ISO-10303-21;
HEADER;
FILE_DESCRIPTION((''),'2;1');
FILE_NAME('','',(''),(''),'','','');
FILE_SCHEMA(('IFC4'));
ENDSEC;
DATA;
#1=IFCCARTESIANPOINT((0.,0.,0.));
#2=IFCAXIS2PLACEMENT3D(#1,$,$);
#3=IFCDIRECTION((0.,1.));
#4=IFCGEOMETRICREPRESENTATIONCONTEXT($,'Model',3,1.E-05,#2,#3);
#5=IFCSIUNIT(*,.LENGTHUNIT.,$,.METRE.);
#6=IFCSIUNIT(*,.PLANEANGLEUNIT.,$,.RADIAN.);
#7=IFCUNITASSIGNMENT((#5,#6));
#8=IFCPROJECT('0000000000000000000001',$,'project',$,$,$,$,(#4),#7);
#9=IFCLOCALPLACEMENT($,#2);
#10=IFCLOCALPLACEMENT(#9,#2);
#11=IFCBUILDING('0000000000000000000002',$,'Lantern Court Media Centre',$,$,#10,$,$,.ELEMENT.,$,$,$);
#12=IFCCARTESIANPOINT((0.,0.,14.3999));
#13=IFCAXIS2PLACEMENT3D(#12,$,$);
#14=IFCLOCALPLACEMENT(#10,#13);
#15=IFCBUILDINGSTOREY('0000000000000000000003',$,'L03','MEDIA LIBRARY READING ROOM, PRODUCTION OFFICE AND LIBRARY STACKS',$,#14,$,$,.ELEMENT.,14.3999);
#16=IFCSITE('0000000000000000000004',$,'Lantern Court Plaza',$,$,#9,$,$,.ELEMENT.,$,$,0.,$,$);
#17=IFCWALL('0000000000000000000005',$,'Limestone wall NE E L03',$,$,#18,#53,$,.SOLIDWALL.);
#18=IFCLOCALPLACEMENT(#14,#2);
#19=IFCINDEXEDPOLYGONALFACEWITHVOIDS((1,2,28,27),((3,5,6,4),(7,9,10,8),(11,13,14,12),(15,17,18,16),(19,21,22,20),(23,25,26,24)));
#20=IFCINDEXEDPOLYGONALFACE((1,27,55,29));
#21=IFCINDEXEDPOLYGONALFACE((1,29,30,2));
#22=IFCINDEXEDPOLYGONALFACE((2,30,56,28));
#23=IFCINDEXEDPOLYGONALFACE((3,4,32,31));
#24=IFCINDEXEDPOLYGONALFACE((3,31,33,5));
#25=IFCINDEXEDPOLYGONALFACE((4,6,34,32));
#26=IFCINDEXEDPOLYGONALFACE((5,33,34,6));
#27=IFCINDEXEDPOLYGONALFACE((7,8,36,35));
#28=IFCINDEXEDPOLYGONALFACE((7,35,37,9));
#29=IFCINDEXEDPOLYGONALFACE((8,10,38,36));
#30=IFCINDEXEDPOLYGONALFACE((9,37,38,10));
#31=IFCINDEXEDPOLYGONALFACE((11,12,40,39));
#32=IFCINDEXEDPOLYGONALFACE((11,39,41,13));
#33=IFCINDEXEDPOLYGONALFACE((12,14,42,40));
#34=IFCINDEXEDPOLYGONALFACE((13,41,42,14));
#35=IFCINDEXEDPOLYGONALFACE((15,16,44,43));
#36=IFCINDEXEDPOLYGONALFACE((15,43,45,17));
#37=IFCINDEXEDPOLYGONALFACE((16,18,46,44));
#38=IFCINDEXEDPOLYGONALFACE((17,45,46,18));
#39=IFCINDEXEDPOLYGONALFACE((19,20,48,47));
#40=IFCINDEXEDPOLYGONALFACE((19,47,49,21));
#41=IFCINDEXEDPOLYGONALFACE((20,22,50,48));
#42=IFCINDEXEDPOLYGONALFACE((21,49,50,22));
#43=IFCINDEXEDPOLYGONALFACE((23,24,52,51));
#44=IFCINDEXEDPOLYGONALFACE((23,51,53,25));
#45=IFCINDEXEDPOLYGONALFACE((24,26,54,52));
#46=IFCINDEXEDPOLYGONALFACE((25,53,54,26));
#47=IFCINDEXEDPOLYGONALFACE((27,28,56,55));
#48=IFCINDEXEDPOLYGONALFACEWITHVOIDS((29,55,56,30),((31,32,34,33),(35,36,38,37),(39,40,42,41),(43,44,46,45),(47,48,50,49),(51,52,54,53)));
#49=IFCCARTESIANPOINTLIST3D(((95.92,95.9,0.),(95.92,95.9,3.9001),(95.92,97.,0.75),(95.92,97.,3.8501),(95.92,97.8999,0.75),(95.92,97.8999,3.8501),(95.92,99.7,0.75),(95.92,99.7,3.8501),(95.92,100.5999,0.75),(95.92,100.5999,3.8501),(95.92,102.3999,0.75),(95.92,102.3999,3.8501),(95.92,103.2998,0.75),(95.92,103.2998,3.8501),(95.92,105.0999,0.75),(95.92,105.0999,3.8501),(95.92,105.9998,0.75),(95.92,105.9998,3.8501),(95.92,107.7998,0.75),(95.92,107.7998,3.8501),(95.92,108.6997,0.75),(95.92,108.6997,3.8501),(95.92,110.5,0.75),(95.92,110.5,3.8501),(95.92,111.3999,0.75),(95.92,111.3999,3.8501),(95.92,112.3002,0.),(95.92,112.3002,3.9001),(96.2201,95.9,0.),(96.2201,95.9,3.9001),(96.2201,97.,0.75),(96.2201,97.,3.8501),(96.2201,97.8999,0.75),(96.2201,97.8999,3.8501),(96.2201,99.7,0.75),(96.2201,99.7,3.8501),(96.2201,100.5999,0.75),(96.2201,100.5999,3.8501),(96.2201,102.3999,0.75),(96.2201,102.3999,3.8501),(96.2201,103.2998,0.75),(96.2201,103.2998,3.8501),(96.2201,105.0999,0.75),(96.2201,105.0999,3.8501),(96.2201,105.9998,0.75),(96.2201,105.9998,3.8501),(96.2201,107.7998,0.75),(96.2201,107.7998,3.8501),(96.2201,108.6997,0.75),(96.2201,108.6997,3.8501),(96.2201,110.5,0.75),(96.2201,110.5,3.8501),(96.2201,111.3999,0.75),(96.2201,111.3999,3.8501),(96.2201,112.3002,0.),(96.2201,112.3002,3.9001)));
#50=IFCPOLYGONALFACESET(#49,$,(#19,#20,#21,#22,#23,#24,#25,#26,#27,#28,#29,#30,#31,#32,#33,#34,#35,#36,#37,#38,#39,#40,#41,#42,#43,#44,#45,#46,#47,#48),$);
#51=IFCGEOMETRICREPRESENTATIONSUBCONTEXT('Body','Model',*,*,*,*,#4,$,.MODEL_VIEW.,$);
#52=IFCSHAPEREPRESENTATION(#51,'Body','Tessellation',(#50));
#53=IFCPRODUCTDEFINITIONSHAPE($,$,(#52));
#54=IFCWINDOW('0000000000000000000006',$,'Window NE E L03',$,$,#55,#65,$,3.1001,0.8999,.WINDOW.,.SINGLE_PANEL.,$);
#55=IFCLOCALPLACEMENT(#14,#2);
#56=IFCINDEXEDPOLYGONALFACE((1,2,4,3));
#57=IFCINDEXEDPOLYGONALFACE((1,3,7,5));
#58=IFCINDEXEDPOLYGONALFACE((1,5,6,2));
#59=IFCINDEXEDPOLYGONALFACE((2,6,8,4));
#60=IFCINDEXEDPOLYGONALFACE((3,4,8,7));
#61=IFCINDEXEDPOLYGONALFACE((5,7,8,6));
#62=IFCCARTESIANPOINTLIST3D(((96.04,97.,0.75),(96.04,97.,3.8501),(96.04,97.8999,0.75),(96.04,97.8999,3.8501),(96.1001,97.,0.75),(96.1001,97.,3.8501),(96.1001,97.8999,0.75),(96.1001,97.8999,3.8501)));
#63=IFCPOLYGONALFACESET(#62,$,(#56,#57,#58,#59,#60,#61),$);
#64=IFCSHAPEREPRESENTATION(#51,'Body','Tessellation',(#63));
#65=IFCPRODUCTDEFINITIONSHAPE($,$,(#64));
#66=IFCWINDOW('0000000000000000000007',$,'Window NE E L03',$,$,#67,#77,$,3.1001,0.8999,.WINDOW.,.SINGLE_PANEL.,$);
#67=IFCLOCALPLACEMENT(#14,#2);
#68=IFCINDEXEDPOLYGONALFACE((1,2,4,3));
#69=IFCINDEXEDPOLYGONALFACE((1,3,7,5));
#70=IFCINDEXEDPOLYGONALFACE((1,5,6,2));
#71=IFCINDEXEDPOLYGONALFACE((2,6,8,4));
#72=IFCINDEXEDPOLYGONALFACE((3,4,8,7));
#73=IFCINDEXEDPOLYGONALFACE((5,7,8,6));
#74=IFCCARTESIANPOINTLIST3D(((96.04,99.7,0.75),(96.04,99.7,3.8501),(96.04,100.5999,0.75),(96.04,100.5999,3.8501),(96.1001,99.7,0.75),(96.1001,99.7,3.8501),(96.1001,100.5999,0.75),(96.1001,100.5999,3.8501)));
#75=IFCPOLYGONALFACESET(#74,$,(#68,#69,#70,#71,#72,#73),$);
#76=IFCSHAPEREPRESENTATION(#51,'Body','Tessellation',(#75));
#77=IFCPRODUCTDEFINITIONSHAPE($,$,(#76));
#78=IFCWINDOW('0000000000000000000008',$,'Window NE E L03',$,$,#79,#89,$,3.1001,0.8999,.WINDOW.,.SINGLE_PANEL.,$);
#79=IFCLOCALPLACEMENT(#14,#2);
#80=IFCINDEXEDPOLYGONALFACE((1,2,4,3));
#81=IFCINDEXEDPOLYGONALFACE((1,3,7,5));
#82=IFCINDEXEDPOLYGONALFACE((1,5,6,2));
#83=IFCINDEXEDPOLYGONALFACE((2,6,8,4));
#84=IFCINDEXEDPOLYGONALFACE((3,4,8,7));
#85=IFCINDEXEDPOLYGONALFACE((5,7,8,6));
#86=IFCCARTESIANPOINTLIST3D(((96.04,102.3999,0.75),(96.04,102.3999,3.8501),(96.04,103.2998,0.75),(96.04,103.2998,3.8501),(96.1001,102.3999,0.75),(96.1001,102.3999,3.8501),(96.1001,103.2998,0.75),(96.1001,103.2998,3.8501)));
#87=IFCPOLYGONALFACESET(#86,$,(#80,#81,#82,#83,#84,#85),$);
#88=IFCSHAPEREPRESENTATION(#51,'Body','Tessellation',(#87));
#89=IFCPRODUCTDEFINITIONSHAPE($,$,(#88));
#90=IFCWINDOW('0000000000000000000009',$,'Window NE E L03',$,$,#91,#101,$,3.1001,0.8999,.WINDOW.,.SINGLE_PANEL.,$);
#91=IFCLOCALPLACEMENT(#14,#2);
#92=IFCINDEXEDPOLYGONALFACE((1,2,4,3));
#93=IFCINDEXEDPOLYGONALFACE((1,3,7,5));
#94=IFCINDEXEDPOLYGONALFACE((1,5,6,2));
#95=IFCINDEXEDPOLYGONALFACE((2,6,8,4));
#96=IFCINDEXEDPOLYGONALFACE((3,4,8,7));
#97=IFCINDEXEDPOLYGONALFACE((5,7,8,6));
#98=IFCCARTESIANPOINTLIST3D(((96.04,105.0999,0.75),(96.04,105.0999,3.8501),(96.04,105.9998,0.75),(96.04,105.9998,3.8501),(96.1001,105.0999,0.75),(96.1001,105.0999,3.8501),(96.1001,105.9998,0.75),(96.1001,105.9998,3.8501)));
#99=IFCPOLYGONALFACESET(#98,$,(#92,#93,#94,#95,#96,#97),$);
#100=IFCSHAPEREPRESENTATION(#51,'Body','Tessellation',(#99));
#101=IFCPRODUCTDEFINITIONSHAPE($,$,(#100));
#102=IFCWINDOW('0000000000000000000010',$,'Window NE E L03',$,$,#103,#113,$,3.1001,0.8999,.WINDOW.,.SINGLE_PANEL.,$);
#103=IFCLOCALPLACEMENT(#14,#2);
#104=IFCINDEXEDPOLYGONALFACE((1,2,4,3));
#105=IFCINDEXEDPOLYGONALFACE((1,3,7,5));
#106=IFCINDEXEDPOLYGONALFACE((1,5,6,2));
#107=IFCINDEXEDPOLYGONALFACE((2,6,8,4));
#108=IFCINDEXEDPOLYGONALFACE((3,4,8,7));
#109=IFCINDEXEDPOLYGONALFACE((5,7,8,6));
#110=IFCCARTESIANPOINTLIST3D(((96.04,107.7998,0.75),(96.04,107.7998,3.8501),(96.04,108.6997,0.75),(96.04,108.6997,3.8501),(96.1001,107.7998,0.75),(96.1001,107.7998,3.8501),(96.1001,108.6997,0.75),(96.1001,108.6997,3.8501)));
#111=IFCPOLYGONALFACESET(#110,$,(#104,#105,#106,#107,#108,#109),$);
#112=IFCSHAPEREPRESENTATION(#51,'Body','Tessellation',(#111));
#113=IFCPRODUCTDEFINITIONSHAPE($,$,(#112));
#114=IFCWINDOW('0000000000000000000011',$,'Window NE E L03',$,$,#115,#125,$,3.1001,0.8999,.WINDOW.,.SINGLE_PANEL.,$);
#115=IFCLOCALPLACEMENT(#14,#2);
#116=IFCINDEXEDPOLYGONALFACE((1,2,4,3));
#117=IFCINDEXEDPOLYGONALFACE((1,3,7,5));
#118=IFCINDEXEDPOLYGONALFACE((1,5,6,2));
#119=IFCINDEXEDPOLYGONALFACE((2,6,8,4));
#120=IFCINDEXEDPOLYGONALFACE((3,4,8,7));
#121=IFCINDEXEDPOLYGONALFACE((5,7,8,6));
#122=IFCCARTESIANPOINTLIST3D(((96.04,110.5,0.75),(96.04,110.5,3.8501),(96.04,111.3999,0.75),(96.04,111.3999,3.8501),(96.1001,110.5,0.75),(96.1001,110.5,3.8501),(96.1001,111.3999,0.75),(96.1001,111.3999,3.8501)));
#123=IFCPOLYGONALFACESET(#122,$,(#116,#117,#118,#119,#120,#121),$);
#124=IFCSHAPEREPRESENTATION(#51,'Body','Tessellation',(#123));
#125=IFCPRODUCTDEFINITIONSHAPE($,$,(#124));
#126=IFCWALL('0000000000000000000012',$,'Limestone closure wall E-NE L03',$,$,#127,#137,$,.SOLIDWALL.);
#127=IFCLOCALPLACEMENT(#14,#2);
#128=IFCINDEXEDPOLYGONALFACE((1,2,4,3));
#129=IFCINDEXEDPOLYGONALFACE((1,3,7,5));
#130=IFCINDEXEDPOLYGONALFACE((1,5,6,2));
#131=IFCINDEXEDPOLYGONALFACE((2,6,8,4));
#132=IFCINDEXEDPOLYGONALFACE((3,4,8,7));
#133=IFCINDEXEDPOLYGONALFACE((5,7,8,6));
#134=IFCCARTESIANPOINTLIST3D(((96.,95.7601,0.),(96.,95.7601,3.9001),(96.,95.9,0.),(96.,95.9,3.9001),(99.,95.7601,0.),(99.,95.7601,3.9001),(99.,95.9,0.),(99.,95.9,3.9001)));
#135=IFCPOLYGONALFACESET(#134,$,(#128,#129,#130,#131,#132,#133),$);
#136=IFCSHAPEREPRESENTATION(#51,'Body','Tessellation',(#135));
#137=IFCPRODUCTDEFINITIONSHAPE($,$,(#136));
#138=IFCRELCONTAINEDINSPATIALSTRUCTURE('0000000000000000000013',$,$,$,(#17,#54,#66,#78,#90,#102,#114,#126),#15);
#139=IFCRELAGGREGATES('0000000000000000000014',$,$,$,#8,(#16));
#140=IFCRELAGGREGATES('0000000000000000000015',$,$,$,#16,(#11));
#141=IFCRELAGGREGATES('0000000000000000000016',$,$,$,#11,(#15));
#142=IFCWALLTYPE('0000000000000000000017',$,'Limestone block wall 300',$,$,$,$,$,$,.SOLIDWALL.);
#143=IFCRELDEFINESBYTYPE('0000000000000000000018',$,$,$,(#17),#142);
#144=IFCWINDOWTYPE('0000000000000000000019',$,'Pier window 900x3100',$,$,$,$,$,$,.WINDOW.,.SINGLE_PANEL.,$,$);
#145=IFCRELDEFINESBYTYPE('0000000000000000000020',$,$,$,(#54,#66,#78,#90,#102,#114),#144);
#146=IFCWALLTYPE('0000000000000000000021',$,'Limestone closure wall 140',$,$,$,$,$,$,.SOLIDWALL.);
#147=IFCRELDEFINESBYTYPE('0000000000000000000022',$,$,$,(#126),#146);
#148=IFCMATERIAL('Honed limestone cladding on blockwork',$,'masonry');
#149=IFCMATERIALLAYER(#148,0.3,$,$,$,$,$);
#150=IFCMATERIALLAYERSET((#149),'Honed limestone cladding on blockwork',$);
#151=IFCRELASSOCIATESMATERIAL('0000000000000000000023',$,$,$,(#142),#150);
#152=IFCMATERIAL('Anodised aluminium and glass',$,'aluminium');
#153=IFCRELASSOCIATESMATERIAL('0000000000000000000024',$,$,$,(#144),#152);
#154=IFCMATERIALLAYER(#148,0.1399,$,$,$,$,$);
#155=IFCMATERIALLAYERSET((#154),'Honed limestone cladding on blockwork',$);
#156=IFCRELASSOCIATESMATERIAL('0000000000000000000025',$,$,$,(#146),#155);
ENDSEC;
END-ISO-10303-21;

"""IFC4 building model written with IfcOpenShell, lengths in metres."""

from ifc_helpers import new_model, si_unit, direction, frame, frame_2d, origin, place, context, subcontext, project, spatial, rectangle, extrude, material, layer, layer_set, type_object, element, fill, save


model = new_model("IFC4")

# Units and contexts
model_context = context("Model", 3, precision=1e-05, world=origin(), true_north=direction((0.0, 1.0)))
body_context = subcontext(model_context, "Body", "Model", "MODEL_VIEW")
ifc_project = project(units=[si_unit("LENGTHUNIT", "METRE"), si_unit("PLANEANGLEUNIT", "RADIAN")], contexts=[model_context])

# Site, building, storey
site_placement = place(None, origin())
site = spatial("IfcSite", under=ifc_project, at=site_placement, Name="Lantern Court Plaza", CompositionType="ELEMENT", RefElevation=0.0)
building_placement = place(site_placement, origin())
building = spatial("IfcBuilding", under=site, at=building_placement, Name="Lantern Court Media Centre", CompositionType="ELEMENT")
storey_placement = place(building_placement, frame((0.0, 0.0, 14.3999)))
storey = spatial("IfcBuildingStorey", under=building, at=storey_placement, Name="L03", Description="MEDIA LIBRARY READING ROOM, PRODUCTION OFFICE AND LIBRARY STACKS", CompositionType="ELEMENT", Elevation=14.3999)

# Wall, openings, windows
ifc_material_1 = material(Name="Honed limestone cladding on blockwork", Category="masonry")
ifc_layer_1 = layer(ifc_material_1, 0.3)
ifc_layer_set_1 = layer_set([ifc_layer_1], Name="Honed limestone cladding on blockwork")
wall_type_1 = type_object("IfcWallType", Name="Limestone block wall 300", PredefinedType="SOLIDWALL", material=ifc_layer_set_1)
wall_1_placement = place(storey_placement, frame((96.0701, 95.8999, 0.0), z_axis=(0.0, 0.0, 1.0), x_axis=(0.0, 1.0, 0.0)))
wall_1 = element("IfcWall", 1, at=wall_1_placement, inside=storey, type_object=wall_type_1, Name="Limestone wall NE E L03", PredefinedType="SOLIDWALL", context=body_context, shape_type="SweptSolid", body=[
    extrude(rectangle(XDim=16.4001, YDim=0.3, at=frame_2d((8.2002, 0.0))), origin(), (0.0, 0.0, 1.0), 3.9001),
])
opening_1_placement = place(wall_1_placement, frame((1.1001, 0.0, 0.75)))
opening_1 = element("IfcOpeningElement", 2, at=opening_1_placement, cuts=wall_1, PredefinedType="OPENING", context=body_context, shape_type="SweptSolid", body=[
    extrude(rectangle(XDim=0.8999, YDim=3.1001, at=frame_2d((0.45, 1.55))), frame((0.0, 0.1599, 0.0), z_axis=(0.0, -1.0, 0.0), x_axis=(1.0, 0.0, 0.0)), (0.0, 0.0, 1.0), 0.3201),
])
opening_2_placement = place(wall_1_placement, frame((3.8, 0.0, 0.75)))
opening_2 = element("IfcOpeningElement", 3, at=opening_2_placement, cuts=wall_1, PredefinedType="OPENING", context=body_context, shape_type="SweptSolid", body=[
    extrude(rectangle(XDim=0.8999, YDim=3.1001, at=frame_2d((0.45, 1.55))), frame((0.0, 0.1599, 0.0), z_axis=(0.0, -1.0, 0.0), x_axis=(1.0, 0.0, 0.0)), (0.0, 0.0, 1.0), 0.3201),
])
opening_3_placement = place(wall_1_placement, frame((6.5, 0.0, 0.75)))
opening_3 = element("IfcOpeningElement", 4, at=opening_3_placement, cuts=wall_1, PredefinedType="OPENING", context=body_context, shape_type="SweptSolid", body=[
    extrude(rectangle(XDim=0.8999, YDim=3.1001, at=frame_2d((0.45, 1.55))), frame((0.0, 0.1599, 0.0), z_axis=(0.0, -1.0, 0.0), x_axis=(1.0, 0.0, 0.0)), (0.0, 0.0, 1.0), 0.3201),
])
opening_4_placement = place(wall_1_placement, frame((9.2, 0.0, 0.75)))
opening_4 = element("IfcOpeningElement", 5, at=opening_4_placement, cuts=wall_1, PredefinedType="OPENING", context=body_context, shape_type="SweptSolid", body=[
    extrude(rectangle(XDim=0.8999, YDim=3.1001, at=frame_2d((0.45, 1.55))), frame((0.0, 0.1599, 0.0), z_axis=(0.0, -1.0, 0.0), x_axis=(1.0, 0.0, 0.0)), (0.0, 0.0, 1.0), 0.3201),
])
opening_5_placement = place(wall_1_placement, frame((11.8999, 0.0, 0.75)))
opening_5 = element("IfcOpeningElement", 6, at=opening_5_placement, cuts=wall_1, PredefinedType="OPENING", context=body_context, shape_type="SweptSolid", body=[
    extrude(rectangle(XDim=0.8999, YDim=3.1001, at=frame_2d((0.45, 1.55))), frame((0.0, 0.1599, 0.0), z_axis=(0.0, -1.0, 0.0), x_axis=(1.0, 0.0, 0.0)), (0.0, 0.0, 1.0), 0.3201),
])
opening_6_placement = place(wall_1_placement, frame((14.6001, 0.0, 0.75)))
opening_6 = element("IfcOpeningElement", 7, at=opening_6_placement, cuts=wall_1, PredefinedType="OPENING", context=body_context, shape_type="SweptSolid", body=[
    extrude(rectangle(XDim=0.8999, YDim=3.1001, at=frame_2d((0.45, 1.55))), frame((0.0, 0.1599, 0.0), z_axis=(0.0, -1.0, 0.0), x_axis=(1.0, 0.0, 0.0)), (0.0, 0.0, 1.0), 0.3201),
])
ifc_material_2 = material(Name="Anodised aluminium and glass", Category="aluminium")
window_type = type_object("IfcWindowType", Name="Pier window 900x3100", PartitioningType="SINGLE_PANEL", PredefinedType="WINDOW", material=ifc_material_2)
window_1_placement = place(opening_1_placement, origin())
window_1 = element("IfcWindow", 8, at=window_1_placement, inside=storey, type_object=window_type, Name="Window NE E L03", OverallHeight=3.1001, OverallWidth=0.8999, PartitioningType="SINGLE_PANEL", PredefinedType="WINDOW", context=body_context, shape_type="SweptSolid", body=[
    extrude(rectangle(XDim=0.8999, YDim=3.1001, at=frame_2d((0.45, 1.55))), frame((0.0, 0.03, 0.0), z_axis=(0.0, -1.0, 0.0), x_axis=(1.0, 0.0, 0.0)), (0.0, 0.0, 1.0), 0.0601),
])
fill(opening_1, window_1)
window_2_placement = place(opening_2_placement, origin())
window_2 = element("IfcWindow", 9, at=window_2_placement, inside=storey, type_object=window_type, Name="Window NE E L03", OverallHeight=3.1001, OverallWidth=0.8999, PartitioningType="SINGLE_PANEL", PredefinedType="WINDOW", context=body_context, shape_type="SweptSolid", body=[
    extrude(rectangle(XDim=0.8999, YDim=3.1001, at=frame_2d((0.45, 1.55))), frame((0.0, 0.03, 0.0), z_axis=(0.0, -1.0, 0.0), x_axis=(1.0, 0.0, 0.0)), (0.0, 0.0, 1.0), 0.0601),
])
fill(opening_2, window_2)
window_3_placement = place(opening_3_placement, origin())
window_3 = element("IfcWindow", 10, at=window_3_placement, inside=storey, type_object=window_type, Name="Window NE E L03", OverallHeight=3.1001, OverallWidth=0.8999, PartitioningType="SINGLE_PANEL", PredefinedType="WINDOW", context=body_context, shape_type="SweptSolid", body=[
    extrude(rectangle(XDim=0.8999, YDim=3.1001, at=frame_2d((0.45, 1.55))), frame((0.0, 0.03, 0.0), z_axis=(0.0, -1.0, 0.0), x_axis=(1.0, 0.0, 0.0)), (0.0, 0.0, 1.0), 0.0601),
])
fill(opening_3, window_3)
window_4_placement = place(opening_4_placement, origin())
window_4 = element("IfcWindow", 11, at=window_4_placement, inside=storey, type_object=window_type, Name="Window NE E L03", OverallHeight=3.1001, OverallWidth=0.8999, PartitioningType="SINGLE_PANEL", PredefinedType="WINDOW", context=body_context, shape_type="SweptSolid", body=[
    extrude(rectangle(XDim=0.8999, YDim=3.1001, at=frame_2d((0.45, 1.55))), frame((0.0, 0.03, 0.0), z_axis=(0.0, -1.0, 0.0), x_axis=(1.0, 0.0, 0.0)), (0.0, 0.0, 1.0), 0.0601),
])
fill(opening_4, window_4)
window_5_placement = place(opening_5_placement, origin())
window_5 = element("IfcWindow", 12, at=window_5_placement, inside=storey, type_object=window_type, Name="Window NE E L03", OverallHeight=3.1001, OverallWidth=0.8999, PartitioningType="SINGLE_PANEL", PredefinedType="WINDOW", context=body_context, shape_type="SweptSolid", body=[
    extrude(rectangle(XDim=0.8999, YDim=3.1001, at=frame_2d((0.45, 1.55))), frame((0.0, 0.03, 0.0), z_axis=(0.0, -1.0, 0.0), x_axis=(1.0, 0.0, 0.0)), (0.0, 0.0, 1.0), 0.0601),
])
fill(opening_5, window_5)
window_6_placement = place(opening_6_placement, origin())
window_6 = element("IfcWindow", 13, at=window_6_placement, inside=storey, type_object=window_type, Name="Window NE E L03", OverallHeight=3.1001, OverallWidth=0.8999, PartitioningType="SINGLE_PANEL", PredefinedType="WINDOW", context=body_context, shape_type="SweptSolid", body=[
    extrude(rectangle(XDim=0.8999, YDim=3.1001, at=frame_2d((0.45, 1.55))), frame((0.0, 0.03, 0.0), z_axis=(0.0, -1.0, 0.0), x_axis=(1.0, 0.0, 0.0)), (0.0, 0.0, 1.0), 0.0601),
])
fill(opening_6, window_6)

# Wall
ifc_layer_2 = layer(ifc_material_1, 0.1399)
ifc_layer_set_2 = layer_set([ifc_layer_2], Name="Honed limestone cladding on blockwork")
wall_type_2 = type_object("IfcWallType", Name="Limestone closure wall 140", PredefinedType="SOLIDWALL", material=ifc_layer_set_2)
wall_2_placement = place(storey_placement, frame((96.0, 95.8301, 0.0), z_axis=(0.0, 0.0, 1.0), x_axis=(1.0, 0.0, 0.0)))
element("IfcWall", 14, at=wall_2_placement, inside=storey, type_object=wall_type_2, Name="Limestone closure wall E-NE L03", PredefinedType="SOLIDWALL", context=body_context, shape_type="SweptSolid", body=[
    extrude(rectangle(XDim=3.0, YDim=0.1399, at=frame_2d((1.5, 0.0))), origin(), (0.0, 0.0, 1.0), 3.9001),
])

save(model, "model.ifc")
